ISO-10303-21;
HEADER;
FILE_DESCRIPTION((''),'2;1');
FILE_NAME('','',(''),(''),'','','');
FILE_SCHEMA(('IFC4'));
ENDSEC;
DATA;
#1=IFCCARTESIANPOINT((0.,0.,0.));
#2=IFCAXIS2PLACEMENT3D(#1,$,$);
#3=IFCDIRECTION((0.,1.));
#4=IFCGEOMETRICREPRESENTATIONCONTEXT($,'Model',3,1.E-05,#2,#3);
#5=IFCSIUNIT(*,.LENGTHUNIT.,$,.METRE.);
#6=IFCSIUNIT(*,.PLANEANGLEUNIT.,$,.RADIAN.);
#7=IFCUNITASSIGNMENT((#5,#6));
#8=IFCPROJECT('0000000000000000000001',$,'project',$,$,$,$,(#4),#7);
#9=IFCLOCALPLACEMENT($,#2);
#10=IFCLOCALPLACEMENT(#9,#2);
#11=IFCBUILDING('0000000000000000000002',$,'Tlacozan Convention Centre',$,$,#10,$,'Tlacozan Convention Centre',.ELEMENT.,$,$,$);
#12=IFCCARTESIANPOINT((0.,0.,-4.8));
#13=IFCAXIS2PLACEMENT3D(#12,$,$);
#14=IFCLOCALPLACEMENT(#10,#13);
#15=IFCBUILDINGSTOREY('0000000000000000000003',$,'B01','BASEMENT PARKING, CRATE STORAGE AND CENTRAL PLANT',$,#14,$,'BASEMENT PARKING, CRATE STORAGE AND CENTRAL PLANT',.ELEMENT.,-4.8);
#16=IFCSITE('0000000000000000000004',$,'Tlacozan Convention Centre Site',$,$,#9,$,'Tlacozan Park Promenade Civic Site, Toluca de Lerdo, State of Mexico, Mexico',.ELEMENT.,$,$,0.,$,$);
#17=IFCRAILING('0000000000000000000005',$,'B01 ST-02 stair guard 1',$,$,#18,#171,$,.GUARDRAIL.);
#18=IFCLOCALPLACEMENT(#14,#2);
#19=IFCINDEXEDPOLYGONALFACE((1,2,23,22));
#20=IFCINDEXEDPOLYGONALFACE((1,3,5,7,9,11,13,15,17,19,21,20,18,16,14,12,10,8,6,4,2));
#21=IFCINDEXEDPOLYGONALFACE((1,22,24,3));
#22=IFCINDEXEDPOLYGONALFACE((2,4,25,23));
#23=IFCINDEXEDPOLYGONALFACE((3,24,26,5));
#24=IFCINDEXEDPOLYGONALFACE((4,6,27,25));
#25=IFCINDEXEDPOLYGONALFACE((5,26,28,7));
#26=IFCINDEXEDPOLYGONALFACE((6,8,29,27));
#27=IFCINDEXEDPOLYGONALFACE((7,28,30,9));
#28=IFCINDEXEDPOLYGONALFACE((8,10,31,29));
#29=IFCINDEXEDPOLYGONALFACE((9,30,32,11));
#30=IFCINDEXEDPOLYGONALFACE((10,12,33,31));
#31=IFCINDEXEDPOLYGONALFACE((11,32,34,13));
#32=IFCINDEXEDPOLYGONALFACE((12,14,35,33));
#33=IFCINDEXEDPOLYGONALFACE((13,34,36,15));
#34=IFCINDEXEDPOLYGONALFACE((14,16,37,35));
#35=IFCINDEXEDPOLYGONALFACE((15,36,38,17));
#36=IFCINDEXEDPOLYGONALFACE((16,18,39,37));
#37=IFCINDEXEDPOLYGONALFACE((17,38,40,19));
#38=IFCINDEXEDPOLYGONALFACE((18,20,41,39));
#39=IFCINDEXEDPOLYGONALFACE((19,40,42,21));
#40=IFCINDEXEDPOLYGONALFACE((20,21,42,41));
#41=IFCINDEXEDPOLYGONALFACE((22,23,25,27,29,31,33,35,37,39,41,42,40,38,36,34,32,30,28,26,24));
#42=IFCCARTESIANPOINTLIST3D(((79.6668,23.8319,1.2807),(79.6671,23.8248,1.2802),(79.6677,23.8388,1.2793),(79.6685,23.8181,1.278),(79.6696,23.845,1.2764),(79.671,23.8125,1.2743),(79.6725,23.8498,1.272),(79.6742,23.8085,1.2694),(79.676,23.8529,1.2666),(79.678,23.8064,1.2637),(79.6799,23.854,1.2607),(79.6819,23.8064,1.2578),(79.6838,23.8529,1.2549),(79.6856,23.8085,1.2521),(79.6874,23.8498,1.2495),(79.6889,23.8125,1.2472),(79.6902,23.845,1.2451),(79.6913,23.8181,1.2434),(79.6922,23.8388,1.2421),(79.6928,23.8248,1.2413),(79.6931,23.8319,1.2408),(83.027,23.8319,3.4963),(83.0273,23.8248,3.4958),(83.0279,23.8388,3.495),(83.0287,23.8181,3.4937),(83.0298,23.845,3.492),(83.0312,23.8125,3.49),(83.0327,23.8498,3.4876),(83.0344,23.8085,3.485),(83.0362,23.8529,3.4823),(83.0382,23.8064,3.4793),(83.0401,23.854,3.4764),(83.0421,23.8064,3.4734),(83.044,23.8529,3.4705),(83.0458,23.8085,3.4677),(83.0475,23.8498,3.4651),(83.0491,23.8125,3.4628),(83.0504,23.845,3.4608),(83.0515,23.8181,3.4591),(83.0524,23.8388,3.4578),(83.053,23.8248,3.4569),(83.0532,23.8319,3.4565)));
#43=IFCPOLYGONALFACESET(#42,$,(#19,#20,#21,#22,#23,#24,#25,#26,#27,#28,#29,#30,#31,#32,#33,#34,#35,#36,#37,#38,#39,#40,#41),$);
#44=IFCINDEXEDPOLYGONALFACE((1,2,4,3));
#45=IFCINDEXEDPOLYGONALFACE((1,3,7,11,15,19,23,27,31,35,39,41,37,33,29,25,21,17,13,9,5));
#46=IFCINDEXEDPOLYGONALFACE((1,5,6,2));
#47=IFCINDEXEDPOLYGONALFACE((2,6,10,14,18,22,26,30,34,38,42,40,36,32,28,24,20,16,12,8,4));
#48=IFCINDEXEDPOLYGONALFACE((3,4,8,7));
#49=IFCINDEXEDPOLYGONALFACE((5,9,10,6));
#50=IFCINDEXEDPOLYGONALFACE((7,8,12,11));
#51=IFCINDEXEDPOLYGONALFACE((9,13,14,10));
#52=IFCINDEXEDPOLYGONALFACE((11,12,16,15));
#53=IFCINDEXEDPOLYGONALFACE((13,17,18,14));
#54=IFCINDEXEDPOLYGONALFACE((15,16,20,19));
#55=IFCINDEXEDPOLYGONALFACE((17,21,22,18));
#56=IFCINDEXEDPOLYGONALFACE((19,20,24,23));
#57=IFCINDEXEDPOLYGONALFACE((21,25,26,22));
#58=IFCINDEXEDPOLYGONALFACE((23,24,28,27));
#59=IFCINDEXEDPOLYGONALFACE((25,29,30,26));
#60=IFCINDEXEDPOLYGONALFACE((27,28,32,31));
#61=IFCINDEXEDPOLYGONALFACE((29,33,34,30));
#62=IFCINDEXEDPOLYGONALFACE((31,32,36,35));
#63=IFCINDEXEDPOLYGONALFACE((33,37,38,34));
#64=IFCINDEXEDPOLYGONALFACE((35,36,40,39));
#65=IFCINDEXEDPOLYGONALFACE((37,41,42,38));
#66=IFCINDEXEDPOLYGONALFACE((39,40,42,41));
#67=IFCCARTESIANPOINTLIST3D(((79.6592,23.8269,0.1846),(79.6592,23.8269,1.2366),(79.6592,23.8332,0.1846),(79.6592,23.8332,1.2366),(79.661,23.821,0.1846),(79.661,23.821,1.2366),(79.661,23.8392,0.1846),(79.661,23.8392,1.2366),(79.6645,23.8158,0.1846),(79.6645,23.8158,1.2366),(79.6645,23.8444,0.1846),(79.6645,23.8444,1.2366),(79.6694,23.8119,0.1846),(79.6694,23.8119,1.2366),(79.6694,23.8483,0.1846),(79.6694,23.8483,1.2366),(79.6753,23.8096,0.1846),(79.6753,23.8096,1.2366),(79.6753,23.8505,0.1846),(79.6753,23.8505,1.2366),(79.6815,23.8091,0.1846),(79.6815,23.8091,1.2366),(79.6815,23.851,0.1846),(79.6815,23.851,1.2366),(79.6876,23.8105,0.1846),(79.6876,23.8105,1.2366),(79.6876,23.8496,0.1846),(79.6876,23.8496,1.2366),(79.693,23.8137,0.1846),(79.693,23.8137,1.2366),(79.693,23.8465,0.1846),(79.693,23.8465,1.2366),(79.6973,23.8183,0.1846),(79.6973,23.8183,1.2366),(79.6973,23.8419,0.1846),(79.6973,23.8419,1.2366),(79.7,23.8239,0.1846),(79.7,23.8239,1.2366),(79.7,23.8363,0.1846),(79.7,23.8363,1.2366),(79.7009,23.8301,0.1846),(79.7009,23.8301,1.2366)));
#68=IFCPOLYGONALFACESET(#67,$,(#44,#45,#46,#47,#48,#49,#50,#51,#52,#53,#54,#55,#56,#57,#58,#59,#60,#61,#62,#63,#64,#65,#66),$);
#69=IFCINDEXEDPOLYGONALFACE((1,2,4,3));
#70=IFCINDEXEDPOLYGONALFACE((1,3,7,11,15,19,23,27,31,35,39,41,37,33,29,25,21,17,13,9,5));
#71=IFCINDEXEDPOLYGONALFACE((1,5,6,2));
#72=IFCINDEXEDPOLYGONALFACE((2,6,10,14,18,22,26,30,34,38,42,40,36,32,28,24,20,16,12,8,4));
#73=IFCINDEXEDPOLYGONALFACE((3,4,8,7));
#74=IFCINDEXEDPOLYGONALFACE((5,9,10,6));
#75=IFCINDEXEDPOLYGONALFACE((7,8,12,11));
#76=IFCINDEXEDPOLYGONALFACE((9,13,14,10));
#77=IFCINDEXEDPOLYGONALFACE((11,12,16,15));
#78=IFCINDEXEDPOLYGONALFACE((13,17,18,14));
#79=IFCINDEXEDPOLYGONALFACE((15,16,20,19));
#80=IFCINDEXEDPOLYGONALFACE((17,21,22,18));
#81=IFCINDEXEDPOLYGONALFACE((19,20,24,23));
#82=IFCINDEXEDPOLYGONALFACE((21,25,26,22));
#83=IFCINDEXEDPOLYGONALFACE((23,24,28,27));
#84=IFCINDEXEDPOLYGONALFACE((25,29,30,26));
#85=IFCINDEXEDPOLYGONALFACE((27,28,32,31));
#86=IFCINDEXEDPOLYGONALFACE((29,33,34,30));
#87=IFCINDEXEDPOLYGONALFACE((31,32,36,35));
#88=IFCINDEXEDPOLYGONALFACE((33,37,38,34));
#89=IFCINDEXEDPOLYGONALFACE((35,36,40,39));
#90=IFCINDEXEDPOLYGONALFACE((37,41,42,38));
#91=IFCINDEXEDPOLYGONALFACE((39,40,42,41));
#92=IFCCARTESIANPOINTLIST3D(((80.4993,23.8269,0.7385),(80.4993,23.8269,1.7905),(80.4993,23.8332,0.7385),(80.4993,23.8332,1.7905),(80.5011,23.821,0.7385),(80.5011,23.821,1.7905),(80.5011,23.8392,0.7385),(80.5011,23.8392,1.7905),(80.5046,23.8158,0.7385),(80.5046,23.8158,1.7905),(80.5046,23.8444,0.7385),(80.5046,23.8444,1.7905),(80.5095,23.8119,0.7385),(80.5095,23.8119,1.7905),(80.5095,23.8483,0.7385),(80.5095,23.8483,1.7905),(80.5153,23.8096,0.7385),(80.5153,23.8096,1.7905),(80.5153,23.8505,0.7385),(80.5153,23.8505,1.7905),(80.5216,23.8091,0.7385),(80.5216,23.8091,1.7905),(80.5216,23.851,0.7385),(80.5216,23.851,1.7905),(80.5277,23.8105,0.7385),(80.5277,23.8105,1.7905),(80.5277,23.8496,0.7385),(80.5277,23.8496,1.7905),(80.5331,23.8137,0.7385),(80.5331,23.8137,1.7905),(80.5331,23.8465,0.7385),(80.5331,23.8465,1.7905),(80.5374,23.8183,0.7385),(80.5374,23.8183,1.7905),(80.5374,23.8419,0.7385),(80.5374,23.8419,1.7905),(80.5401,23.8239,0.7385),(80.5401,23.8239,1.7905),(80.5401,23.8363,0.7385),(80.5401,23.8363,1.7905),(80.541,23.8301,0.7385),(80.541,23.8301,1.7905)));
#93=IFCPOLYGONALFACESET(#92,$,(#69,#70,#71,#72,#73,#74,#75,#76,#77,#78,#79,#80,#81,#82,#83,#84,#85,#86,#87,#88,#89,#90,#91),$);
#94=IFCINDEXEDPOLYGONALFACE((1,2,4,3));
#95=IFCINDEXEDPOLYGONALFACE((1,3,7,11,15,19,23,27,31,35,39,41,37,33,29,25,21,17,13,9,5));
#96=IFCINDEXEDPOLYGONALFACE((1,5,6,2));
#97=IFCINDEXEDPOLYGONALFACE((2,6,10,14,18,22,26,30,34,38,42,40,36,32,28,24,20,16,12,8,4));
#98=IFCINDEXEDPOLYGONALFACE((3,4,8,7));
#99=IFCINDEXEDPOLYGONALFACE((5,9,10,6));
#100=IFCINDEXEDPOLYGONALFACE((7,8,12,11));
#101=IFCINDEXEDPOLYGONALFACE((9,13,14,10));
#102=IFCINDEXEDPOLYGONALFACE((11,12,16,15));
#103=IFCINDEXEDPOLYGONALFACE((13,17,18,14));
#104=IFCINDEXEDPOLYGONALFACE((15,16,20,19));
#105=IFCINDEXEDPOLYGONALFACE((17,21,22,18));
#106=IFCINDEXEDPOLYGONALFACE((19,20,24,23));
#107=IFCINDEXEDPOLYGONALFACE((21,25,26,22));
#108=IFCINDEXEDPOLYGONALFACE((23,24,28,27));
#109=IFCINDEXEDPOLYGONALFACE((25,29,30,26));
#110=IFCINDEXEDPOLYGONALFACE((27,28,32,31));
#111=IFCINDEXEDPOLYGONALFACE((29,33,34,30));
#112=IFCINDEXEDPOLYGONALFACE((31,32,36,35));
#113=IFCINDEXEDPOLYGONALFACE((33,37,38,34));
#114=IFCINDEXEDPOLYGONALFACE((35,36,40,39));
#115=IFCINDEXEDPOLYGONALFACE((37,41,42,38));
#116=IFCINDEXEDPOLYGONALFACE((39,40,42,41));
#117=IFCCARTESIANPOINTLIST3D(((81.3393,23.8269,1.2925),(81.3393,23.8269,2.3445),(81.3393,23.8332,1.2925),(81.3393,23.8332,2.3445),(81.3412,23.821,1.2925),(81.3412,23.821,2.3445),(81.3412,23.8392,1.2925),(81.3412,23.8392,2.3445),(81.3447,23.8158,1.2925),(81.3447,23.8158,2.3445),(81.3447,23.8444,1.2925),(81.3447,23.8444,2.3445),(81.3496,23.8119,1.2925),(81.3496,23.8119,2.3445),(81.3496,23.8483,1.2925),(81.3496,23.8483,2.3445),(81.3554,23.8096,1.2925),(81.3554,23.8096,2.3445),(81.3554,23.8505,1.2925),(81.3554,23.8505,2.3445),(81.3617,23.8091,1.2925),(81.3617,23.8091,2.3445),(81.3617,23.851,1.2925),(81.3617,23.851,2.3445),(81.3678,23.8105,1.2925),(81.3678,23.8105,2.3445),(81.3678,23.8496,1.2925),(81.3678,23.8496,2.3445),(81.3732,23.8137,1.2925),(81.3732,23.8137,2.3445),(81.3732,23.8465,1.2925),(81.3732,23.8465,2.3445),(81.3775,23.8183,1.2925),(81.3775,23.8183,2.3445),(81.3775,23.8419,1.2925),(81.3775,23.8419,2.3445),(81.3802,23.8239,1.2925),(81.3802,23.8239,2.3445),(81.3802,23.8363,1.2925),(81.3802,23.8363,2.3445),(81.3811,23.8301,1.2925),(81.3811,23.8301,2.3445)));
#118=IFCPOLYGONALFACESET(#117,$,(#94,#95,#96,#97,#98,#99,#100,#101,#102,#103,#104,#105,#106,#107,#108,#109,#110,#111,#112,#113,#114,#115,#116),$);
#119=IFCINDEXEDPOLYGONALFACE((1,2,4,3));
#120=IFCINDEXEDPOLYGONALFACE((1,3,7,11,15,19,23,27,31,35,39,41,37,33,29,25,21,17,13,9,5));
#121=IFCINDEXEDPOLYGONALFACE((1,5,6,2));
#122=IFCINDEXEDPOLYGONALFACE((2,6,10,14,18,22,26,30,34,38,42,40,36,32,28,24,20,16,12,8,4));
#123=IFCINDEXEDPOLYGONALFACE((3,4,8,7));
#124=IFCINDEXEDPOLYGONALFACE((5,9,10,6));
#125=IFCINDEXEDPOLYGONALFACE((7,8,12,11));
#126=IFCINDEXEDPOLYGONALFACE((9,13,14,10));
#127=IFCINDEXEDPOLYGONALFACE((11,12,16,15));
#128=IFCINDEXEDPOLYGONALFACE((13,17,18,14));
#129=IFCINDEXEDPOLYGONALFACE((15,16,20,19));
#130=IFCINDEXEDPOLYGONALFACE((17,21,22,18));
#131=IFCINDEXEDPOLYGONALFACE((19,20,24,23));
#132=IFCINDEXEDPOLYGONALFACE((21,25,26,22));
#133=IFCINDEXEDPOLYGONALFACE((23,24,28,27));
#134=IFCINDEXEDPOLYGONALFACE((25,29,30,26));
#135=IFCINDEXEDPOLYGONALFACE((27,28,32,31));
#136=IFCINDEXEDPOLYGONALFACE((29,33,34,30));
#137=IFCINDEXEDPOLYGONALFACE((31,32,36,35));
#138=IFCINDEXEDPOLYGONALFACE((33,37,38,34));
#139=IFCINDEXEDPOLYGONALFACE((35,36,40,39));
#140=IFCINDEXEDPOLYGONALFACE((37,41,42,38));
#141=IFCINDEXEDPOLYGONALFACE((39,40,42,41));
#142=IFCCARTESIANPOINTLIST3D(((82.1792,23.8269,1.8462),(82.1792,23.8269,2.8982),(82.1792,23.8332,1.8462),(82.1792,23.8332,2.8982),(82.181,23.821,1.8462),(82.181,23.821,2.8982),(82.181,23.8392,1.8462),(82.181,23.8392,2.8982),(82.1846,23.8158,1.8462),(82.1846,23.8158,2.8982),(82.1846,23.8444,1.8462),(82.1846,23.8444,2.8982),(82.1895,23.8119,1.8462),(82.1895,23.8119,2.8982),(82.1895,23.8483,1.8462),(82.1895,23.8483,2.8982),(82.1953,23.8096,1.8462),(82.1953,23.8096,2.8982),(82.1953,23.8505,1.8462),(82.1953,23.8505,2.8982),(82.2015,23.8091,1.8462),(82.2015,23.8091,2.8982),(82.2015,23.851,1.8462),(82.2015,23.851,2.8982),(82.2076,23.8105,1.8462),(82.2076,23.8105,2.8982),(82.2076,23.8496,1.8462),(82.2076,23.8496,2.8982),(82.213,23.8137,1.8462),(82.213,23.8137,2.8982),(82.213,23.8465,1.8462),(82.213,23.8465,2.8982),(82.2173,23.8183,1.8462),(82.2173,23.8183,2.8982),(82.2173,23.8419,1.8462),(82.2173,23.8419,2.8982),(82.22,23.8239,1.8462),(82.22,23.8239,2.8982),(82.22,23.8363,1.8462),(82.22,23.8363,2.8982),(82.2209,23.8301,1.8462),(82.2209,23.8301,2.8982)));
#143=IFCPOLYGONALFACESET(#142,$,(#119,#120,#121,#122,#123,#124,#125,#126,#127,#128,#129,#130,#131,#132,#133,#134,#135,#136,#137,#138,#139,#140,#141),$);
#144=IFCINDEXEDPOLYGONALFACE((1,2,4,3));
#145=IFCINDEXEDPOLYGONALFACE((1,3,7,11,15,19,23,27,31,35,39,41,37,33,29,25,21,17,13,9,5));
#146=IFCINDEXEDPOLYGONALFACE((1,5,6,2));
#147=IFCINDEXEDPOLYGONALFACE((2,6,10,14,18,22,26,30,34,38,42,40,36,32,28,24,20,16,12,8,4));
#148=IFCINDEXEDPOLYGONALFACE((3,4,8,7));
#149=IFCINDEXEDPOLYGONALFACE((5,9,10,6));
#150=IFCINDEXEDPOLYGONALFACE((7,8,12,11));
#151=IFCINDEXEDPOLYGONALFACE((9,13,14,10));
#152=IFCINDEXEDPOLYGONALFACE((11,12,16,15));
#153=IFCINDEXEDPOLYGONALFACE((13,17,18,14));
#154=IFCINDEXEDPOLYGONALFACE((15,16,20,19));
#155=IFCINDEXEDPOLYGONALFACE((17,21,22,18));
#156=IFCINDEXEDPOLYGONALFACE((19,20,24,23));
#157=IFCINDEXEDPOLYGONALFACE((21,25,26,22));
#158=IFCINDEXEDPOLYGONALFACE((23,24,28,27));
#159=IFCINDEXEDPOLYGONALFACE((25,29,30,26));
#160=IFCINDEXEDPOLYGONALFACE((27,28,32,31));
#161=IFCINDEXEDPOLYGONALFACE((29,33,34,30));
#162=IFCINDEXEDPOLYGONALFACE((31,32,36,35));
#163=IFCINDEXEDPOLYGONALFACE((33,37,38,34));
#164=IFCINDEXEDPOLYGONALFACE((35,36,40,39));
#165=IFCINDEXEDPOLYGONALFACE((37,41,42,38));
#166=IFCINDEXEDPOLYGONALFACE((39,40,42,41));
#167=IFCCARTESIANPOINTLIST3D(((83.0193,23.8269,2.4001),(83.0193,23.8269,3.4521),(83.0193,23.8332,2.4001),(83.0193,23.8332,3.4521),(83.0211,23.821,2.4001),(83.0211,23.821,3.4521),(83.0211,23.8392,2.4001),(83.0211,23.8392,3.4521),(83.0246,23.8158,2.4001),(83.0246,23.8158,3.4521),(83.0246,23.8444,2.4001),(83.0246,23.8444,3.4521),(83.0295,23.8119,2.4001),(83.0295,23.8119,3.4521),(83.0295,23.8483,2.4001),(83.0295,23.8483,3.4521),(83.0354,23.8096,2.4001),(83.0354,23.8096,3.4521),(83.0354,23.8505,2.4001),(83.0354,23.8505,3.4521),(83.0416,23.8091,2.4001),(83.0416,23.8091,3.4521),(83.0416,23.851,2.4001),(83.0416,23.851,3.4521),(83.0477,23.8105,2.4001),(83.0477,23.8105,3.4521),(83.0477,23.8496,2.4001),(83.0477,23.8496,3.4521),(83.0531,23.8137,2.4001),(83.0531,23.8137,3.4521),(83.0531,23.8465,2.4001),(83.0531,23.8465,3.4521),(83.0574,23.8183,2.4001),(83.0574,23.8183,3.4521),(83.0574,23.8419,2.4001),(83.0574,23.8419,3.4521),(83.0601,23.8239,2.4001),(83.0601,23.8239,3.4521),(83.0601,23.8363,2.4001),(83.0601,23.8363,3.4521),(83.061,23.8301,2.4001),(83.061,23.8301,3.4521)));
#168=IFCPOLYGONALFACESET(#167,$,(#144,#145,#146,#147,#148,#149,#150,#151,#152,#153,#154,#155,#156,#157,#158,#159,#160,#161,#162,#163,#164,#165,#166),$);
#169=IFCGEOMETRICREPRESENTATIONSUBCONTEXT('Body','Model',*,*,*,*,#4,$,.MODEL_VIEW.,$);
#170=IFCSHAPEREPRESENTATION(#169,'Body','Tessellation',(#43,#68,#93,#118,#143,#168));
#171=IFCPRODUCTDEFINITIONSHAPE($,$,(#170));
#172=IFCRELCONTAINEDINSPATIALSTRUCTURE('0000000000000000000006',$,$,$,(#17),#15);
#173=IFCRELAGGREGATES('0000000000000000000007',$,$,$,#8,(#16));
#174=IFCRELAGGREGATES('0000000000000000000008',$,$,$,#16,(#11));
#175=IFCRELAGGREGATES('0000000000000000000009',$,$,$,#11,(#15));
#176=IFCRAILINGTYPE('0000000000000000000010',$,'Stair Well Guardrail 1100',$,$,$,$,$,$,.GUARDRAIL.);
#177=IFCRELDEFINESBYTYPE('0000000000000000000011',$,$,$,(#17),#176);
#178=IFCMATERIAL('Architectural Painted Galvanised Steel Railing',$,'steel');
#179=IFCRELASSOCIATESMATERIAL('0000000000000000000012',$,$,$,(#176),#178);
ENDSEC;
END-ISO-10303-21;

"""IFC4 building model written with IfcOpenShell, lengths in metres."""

from ifc_helpers import new_model, si_unit, direction, frame, origin, origin_2d, place, context, subcontext, project, spatial, circle, extrude, material, type_object, element, save


model = new_model("IFC4")

# Units and contexts
model_context = context("Model", 3, precision=1e-05, world=origin(), true_north=direction((0.0, 1.0)))
body_context = subcontext(model_context, "Body", "Model", "MODEL_VIEW")
ifc_project = project(units=[si_unit("LENGTHUNIT", "METRE"), si_unit("PLANEANGLEUNIT", "RADIAN")], contexts=[model_context])

# Site, building, storey
site_placement = place(None, origin())
site = spatial("IfcSite", under=ifc_project, at=site_placement, Name="Tlacozan Convention Centre Site", LongName="Tlacozan Park Promenade Civic Site, Toluca de Lerdo, State of Mexico, Mexico", CompositionType="ELEMENT", RefElevation=0.0)
building_placement = place(site_placement, origin())
building = spatial("IfcBuilding", under=site, at=building_placement, Name="Tlacozan Convention Centre", LongName="Tlacozan Convention Centre", CompositionType="ELEMENT")
storey_placement = place(building_placement, frame((0.0, 0.0, -4.8)))
storey = spatial("IfcBuildingStorey", under=building, at=storey_placement, Name="B01", Description="BASEMENT PARKING, CRATE STORAGE AND CENTRAL PLANT", LongName="BASEMENT PARKING, CRATE STORAGE AND CENTRAL PLANT", CompositionType="ELEMENT", Elevation=-4.8)

# Railing
ifc_material_1 = material(Name="Architectural Painted Galvanised Steel Railing", Category="steel")
railing_type_1 = type_object("IfcRailingType", Name="Stair Well Guardrail 1100", PredefinedType="GUARDRAIL", material=ifc_material_1)
railing_1_placement = place(storey_placement, frame((79.6799, 23.8301, 0.1846)))
element("IfcRailing", 1, at=railing_1_placement, inside=storey, type_object=railing_type_1, Name="B01 ST-02 stair guard 1", PredefinedType="GUARDRAIL", context=body_context, shape_type="SweptSolid", body=[
    extrude(circle(Radius=0.0239, at=origin_2d()), frame((0.0, 0.0, 1.0762), z_axis=(0.834849, 0.0, 0.55048), x_axis=(0.0, 1.0, 0.0)), (0.0, 0.0, 1.0), 4.0249),
    extrude(circle(Radius=0.021, at=origin_2d()), origin(), (0.0, 0.0, 1.0), 1.052),
    extrude(circle(Radius=0.021, at=origin_2d()), frame((0.8401, 0.0, 0.554)), (0.0, 0.0, 1.0), 1.052),
    extrude(circle(Radius=0.021, at=origin_2d()), frame((1.6802, 0.0, 1.1079)), (0.0, 0.0, 1.0), 1.052),
    extrude(circle(Radius=0.021, at=origin_2d()), frame((2.52, 0.0, 1.6616)), (0.0, 0.0, 1.0), 1.052),
    extrude(circle(Radius=0.021, at=origin_2d()), frame((3.3601, 0.0, 2.2156)), (0.0, 0.0, 1.0), 1.052),
])

save(model, "model.ifc")
